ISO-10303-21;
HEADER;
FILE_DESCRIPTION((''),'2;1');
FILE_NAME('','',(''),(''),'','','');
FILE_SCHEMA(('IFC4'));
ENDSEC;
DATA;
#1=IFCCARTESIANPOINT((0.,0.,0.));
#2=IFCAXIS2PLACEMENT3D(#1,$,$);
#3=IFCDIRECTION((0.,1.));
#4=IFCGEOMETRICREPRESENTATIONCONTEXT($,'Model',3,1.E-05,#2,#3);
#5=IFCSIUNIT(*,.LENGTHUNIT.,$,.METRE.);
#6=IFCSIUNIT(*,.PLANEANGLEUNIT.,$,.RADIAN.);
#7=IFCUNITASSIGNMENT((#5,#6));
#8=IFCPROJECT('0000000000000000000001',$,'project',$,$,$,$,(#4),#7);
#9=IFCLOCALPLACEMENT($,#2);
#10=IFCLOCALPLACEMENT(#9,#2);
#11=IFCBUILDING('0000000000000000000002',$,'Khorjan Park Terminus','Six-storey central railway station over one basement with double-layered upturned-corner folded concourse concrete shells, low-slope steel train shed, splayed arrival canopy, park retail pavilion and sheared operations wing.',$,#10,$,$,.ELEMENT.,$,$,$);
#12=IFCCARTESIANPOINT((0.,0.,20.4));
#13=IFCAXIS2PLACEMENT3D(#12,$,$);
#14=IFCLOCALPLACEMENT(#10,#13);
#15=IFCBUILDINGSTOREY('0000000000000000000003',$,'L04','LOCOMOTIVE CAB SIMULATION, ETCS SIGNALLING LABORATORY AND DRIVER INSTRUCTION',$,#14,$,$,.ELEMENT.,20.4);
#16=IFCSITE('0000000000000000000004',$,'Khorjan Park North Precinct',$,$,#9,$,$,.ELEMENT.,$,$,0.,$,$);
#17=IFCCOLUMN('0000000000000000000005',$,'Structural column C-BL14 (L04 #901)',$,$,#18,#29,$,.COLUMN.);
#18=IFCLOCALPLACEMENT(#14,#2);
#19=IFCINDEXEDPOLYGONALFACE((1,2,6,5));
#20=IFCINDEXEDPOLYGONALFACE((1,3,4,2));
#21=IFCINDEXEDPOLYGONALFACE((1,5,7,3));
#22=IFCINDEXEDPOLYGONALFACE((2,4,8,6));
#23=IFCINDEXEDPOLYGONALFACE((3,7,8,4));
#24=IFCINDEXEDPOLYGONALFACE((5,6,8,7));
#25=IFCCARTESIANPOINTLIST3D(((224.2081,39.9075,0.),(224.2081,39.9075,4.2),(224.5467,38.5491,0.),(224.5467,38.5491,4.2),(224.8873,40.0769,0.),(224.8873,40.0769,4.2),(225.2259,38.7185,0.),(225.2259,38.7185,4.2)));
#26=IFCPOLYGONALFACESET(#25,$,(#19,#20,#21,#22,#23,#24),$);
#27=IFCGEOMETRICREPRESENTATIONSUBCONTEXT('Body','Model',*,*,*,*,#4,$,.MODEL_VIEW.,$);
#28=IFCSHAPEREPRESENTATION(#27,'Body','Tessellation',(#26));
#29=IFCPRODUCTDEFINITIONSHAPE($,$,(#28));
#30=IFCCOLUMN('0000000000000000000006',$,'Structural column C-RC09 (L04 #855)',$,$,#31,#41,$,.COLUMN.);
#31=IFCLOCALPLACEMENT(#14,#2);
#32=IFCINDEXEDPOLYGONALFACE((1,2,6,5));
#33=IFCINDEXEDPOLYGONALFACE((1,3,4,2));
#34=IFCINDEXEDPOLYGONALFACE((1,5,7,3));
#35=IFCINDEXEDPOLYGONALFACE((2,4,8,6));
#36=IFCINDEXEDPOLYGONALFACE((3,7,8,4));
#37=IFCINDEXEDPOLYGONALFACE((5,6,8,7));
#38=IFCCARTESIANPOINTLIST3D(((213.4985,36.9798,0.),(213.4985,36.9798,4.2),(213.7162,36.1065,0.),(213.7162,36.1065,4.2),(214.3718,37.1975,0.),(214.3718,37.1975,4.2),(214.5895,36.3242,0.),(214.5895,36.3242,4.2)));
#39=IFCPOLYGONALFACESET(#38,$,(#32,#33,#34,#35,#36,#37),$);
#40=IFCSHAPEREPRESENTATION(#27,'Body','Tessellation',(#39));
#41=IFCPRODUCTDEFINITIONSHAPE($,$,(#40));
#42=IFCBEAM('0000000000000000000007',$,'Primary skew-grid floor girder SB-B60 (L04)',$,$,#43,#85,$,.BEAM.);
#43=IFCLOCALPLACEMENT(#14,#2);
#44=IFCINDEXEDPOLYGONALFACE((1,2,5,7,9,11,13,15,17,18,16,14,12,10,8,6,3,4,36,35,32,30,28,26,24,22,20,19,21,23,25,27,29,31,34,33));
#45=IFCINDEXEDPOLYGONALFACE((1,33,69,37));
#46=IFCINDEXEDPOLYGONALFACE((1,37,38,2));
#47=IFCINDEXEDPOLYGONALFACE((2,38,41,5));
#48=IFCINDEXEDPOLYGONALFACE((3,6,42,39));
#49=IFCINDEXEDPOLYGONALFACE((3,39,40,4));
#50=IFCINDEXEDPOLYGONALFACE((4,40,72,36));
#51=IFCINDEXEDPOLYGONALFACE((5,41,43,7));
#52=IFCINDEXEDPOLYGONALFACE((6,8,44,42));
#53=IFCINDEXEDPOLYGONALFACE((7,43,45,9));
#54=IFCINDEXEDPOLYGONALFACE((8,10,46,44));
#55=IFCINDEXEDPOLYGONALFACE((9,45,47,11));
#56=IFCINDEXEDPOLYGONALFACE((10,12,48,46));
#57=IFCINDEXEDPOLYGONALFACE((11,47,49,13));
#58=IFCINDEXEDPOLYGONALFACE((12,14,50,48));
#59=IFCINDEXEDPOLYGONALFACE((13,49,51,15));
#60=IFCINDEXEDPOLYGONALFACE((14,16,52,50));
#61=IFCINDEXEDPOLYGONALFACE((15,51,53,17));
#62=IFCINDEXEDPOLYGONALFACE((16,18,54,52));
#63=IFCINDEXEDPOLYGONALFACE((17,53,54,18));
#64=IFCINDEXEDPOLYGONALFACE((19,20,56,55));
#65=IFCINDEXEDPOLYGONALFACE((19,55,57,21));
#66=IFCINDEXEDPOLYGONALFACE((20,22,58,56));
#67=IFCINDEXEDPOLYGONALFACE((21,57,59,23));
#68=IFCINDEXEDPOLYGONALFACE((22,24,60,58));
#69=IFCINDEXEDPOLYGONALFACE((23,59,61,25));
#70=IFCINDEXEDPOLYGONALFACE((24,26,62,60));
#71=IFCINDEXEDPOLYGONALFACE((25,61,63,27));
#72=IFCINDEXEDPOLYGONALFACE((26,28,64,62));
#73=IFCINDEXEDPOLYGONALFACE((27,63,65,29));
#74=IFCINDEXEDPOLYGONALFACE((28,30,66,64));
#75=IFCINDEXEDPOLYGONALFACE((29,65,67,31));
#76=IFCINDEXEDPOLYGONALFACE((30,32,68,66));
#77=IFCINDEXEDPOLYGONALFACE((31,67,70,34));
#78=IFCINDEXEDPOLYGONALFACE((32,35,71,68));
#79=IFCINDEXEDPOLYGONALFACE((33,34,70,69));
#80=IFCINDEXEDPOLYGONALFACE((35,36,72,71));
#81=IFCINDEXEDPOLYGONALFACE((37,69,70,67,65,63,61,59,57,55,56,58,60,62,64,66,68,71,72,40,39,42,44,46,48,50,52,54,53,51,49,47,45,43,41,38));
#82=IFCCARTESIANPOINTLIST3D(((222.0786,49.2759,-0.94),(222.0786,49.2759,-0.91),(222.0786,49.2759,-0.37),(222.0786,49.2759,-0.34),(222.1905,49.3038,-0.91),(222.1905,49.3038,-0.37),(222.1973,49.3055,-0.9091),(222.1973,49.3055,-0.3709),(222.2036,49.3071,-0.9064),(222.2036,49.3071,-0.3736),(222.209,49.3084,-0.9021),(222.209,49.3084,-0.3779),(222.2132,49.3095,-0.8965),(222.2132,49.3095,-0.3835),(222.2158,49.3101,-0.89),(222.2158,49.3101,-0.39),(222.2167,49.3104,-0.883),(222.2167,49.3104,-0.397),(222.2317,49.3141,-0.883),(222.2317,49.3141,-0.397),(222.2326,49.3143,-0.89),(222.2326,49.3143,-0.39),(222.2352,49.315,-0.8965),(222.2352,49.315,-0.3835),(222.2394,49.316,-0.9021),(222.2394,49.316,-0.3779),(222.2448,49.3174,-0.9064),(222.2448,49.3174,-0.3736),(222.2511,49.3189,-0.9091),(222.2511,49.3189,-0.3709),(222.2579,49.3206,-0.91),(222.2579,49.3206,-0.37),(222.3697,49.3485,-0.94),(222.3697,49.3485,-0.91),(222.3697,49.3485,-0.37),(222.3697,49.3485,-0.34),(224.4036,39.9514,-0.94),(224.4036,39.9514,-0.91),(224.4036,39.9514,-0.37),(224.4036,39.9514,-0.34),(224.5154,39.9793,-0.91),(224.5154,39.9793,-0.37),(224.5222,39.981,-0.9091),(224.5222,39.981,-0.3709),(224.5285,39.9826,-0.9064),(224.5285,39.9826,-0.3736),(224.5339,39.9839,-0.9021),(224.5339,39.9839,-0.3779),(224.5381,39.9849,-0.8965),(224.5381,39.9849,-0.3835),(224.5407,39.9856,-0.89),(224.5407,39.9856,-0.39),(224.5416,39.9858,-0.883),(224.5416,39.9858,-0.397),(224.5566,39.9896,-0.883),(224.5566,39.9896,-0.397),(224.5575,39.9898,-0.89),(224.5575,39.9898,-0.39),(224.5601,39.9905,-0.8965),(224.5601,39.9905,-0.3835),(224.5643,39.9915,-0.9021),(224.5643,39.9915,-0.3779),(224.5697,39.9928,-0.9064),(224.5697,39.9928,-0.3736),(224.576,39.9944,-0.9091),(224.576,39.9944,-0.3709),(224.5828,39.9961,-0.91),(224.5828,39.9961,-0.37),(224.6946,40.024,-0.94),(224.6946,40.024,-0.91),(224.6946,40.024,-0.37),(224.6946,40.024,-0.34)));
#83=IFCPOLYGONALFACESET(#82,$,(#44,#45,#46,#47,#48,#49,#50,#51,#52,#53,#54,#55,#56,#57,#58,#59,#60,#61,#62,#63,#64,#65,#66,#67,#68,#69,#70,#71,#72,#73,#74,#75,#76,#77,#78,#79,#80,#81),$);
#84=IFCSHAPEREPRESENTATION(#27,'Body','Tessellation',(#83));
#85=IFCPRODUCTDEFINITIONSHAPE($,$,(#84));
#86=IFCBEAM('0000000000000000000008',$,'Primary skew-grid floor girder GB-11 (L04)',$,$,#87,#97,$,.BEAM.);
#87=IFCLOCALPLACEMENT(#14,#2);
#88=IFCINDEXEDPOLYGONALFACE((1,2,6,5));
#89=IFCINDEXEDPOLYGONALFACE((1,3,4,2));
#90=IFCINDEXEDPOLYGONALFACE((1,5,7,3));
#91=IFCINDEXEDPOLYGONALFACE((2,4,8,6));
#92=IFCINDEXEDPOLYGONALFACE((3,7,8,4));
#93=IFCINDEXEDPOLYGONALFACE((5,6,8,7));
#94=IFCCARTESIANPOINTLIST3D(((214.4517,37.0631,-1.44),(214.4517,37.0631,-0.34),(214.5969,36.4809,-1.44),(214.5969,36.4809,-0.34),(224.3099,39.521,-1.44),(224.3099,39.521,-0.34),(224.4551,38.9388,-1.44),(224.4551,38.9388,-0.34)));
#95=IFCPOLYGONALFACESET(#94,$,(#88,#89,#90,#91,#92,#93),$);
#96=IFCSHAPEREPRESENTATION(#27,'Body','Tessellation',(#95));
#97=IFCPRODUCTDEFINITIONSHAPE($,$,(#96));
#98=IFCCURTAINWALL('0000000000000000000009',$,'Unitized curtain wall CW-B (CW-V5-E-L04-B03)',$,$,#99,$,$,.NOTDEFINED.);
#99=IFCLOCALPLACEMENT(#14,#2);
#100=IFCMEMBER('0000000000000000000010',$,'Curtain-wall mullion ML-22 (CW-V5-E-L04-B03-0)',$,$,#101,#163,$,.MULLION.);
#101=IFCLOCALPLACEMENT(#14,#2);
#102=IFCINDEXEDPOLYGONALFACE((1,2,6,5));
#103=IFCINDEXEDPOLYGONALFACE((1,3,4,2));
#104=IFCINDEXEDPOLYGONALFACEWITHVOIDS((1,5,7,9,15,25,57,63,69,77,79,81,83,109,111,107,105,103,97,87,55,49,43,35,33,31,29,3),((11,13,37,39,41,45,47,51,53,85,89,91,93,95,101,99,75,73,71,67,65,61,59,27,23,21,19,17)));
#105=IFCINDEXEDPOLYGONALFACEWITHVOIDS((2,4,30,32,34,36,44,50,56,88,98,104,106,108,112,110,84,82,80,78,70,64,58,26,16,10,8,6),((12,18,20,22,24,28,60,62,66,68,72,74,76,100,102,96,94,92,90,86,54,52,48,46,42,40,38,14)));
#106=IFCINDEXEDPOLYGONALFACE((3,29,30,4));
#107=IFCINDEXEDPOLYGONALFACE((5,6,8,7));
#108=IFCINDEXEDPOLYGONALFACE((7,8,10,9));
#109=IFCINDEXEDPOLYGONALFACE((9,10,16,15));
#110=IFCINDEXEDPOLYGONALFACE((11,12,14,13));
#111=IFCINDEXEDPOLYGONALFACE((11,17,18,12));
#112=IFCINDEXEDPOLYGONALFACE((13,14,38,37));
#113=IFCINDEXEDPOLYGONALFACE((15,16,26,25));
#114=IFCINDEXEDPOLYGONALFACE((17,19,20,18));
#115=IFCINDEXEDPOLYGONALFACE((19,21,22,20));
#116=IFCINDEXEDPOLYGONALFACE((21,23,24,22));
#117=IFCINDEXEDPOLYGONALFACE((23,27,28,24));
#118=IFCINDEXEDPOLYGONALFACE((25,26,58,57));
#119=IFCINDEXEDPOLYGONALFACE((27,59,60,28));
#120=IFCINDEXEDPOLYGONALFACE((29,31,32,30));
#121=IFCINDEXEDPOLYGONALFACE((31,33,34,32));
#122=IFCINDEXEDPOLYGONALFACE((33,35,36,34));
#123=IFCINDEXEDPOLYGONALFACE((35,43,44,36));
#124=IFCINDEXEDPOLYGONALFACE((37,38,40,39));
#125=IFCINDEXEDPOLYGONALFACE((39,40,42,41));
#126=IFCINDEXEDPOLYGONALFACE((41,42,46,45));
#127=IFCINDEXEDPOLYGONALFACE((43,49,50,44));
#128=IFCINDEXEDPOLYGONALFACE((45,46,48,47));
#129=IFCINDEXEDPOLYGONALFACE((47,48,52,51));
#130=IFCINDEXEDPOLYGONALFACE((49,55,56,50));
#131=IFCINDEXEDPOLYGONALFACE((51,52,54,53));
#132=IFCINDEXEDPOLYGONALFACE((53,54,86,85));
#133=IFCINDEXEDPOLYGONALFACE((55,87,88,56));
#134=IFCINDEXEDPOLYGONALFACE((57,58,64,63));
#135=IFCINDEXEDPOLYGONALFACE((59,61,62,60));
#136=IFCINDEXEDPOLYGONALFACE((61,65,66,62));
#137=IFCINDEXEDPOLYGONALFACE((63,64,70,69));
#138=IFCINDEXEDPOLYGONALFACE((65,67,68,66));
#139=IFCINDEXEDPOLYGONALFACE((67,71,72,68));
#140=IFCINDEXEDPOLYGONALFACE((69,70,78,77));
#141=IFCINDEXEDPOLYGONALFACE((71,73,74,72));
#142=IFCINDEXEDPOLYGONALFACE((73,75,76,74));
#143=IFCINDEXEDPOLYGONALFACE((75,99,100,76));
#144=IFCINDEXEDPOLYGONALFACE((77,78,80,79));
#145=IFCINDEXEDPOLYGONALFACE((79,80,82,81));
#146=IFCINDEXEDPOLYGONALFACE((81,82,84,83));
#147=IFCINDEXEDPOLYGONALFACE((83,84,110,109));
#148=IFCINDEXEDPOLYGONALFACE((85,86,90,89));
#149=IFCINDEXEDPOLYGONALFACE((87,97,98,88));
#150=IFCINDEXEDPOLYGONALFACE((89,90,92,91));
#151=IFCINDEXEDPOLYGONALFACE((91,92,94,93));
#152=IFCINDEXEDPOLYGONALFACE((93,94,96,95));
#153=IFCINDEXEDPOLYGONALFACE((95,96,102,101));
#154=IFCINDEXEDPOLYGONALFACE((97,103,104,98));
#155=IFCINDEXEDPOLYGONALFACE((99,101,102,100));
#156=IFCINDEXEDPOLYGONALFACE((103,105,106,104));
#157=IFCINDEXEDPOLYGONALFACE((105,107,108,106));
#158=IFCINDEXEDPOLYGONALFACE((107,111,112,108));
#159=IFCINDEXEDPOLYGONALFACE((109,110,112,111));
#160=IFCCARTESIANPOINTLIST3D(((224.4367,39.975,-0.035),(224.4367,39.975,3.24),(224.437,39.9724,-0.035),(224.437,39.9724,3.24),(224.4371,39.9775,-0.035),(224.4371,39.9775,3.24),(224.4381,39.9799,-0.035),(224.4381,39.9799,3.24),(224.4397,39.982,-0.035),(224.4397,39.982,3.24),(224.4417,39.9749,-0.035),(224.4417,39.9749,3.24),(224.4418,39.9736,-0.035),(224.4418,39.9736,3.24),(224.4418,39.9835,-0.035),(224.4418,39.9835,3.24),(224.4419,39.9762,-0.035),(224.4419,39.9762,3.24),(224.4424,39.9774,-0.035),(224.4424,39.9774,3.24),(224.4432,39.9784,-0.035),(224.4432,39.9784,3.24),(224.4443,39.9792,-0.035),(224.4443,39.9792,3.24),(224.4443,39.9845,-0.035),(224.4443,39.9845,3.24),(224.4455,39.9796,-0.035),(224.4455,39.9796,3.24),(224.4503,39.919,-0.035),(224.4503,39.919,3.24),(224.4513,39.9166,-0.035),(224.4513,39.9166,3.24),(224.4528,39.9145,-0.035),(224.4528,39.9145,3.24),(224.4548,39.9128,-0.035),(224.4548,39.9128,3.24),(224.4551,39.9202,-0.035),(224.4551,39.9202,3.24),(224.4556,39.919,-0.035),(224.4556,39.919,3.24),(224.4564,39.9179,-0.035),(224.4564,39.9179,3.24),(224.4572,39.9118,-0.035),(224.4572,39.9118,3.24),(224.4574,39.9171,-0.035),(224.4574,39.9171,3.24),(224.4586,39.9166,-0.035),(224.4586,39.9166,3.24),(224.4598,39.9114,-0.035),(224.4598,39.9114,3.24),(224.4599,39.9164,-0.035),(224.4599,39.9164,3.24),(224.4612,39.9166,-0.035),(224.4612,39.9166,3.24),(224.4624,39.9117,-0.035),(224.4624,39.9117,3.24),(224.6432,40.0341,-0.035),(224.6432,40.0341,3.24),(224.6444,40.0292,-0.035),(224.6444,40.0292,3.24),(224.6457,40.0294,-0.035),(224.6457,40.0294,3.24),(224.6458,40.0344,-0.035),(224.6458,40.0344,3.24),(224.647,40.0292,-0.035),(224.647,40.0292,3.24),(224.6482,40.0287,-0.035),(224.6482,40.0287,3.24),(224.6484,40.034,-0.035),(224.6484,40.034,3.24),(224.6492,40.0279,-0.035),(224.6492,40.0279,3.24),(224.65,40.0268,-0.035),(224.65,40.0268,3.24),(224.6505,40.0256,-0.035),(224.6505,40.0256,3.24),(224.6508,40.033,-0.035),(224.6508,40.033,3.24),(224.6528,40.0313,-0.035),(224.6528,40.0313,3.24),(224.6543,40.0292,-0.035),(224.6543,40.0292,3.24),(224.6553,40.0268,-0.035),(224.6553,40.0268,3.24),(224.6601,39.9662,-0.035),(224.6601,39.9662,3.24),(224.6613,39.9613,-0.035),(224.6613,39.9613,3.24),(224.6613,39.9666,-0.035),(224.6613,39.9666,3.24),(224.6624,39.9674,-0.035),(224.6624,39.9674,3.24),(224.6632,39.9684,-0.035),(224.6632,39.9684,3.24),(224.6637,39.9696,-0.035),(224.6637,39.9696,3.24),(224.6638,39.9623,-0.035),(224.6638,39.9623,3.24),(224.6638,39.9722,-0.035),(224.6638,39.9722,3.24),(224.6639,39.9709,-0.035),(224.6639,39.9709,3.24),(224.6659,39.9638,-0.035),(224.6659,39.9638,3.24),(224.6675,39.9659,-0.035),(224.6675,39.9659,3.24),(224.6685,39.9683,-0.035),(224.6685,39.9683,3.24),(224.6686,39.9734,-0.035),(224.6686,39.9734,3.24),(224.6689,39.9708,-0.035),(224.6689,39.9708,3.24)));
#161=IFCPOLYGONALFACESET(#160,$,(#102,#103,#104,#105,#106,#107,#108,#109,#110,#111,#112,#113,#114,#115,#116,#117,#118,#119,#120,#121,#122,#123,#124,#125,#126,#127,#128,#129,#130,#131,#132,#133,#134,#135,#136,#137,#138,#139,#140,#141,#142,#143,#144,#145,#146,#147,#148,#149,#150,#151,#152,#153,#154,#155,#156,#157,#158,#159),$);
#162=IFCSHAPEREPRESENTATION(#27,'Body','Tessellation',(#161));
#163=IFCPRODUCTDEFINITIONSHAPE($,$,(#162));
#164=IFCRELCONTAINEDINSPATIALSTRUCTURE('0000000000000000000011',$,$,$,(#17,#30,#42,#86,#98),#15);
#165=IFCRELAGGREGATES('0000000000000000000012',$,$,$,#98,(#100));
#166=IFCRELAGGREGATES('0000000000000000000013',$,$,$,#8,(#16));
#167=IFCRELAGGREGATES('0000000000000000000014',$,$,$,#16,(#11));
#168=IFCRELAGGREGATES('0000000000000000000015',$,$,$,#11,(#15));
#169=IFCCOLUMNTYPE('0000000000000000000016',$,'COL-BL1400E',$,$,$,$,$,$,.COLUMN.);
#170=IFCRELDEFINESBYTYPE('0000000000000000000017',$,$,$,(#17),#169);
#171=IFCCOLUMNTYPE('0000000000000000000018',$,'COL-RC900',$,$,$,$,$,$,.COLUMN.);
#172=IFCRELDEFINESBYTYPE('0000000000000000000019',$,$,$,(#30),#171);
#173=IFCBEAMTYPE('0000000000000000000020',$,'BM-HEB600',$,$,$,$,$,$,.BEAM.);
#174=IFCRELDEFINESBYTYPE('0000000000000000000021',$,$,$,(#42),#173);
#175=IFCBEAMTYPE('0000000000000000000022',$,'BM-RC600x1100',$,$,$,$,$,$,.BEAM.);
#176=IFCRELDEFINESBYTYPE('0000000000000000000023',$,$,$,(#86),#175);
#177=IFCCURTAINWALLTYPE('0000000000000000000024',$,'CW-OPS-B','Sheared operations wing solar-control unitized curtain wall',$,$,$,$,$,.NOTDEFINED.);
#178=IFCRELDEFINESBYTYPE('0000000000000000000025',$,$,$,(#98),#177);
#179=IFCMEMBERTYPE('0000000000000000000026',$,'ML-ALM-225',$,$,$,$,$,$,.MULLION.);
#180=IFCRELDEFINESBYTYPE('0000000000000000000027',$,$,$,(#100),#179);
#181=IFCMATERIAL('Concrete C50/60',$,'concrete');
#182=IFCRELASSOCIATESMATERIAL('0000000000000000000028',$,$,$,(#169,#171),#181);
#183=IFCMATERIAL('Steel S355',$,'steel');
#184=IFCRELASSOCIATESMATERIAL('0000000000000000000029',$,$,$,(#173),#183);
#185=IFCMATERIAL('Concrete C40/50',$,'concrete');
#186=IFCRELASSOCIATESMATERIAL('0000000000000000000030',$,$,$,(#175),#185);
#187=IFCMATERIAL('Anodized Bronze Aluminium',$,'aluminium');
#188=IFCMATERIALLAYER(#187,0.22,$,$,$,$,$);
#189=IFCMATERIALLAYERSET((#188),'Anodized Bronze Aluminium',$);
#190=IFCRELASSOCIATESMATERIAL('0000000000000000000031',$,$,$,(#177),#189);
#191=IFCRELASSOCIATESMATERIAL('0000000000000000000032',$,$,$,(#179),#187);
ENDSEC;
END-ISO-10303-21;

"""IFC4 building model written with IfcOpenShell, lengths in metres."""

from ifc_helpers import new_model, si_unit, direction, frame, origin, origin_2d, place, context, subcontext, project, spatial, rectangle, hollow_rectangle, i_section, extrude, material, layer, layer_set, material_profile, profile_set, type_object, element, aggregate, save


model = new_model("IFC4")

# Units and contexts
model_context = context("Model", 3, precision=1e-05, world=origin(), true_north=direction((0.0, 1.0)))
body_context = subcontext(model_context, "Body", "Model", "MODEL_VIEW")
ifc_project = project(units=[si_unit("LENGTHUNIT", "METRE"), si_unit("PLANEANGLEUNIT", "RADIAN")], contexts=[model_context])

# Site, building, storey
site_placement = place(None, origin())
site = spatial("IfcSite", under=ifc_project, at=site_placement, Name="Khorjan Park North Precinct", CompositionType="ELEMENT", RefElevation=0.0)
building_placement = place(site_placement, origin())
building = spatial("IfcBuilding", under=site, at=building_placement, Name="Khorjan Park Terminus", Description="Six-storey central railway station over one basement with double-layered upturned-corner folded concourse concrete shells, low-slope steel train shed, splayed arrival canopy, park retail pavilion and sheared operations wing.", CompositionType="ELEMENT")
storey_placement = place(building_placement, frame((0.0, 0.0, 20.4)))
storey = spatial("IfcBuildingStorey", under=building, at=storey_placement, Name="L04", Description="LOCOMOTIVE CAB SIMULATION, ETCS SIGNALLING LABORATORY AND DRIVER INSTRUCTION", CompositionType="ELEMENT", Elevation=20.4)

# Columns
ifc_material_1 = material(Name="Concrete C50/60", Category="concrete")
ifc_material_profile_1 = material_profile(ifc_material_1, rectangle(XDim=0.7, YDim=1.4, at=origin_2d()), Name="RC 700x1400")
ifc_profile_set_1 = profile_set([ifc_material_profile_1], Name="Concrete C50/60")
column_type_1 = type_object("IfcColumnType", Name="COL-BL1400E", PredefinedType="COLUMN", material=ifc_profile_set_1)
column_1_placement = place(storey_placement, frame((224.717, 39.313, 0.0), z_axis=(0.0, 0.0, 1.0), x_axis=(0.970296, 0.241922, 0.0)))
element("IfcColumn", 1, at=column_1_placement, inside=storey, type_object=column_type_1, Name="Structural column C-BL14 (L04 #901)", PredefinedType="COLUMN", context=body_context, shape_type="SweptSolid", body=[
    extrude(rectangle(XDim=0.7, YDim=1.4, at=origin_2d()), origin(), (0.0, 0.0, 1.0), 4.2),
])
ifc_material_profile_2 = material_profile(ifc_material_1, rectangle(XDim=0.9, YDim=0.9, at=origin_2d()), Name="RC 900x900")
ifc_profile_set_2 = profile_set([ifc_material_profile_2], Name="Concrete C50/60")
column_type_2 = type_object("IfcColumnType", Name="COL-RC900", PredefinedType="COLUMN", material=ifc_profile_set_2)
column_2_placement = place(storey_placement, frame((214.044, 36.652, 0.0), z_axis=(0.0, 0.0, 1.0), x_axis=(0.970296, 0.241922, 0.0)))
element("IfcColumn", 2, at=column_2_placement, inside=storey, type_object=column_type_2, Name="Structural column C-RC09 (L04 #855)", PredefinedType="COLUMN", context=body_context, shape_type="SweptSolid", body=[
    extrude(rectangle(XDim=0.9, YDim=0.9, at=origin_2d()), origin(), (0.0, 0.0, 1.0), 4.2),
])

# Beams
ifc_material_2 = material(Name="Steel S355", Category="steel")
ifc_material_profile_3 = material_profile(ifc_material_2, i_section(OverallWidth=0.3, OverallDepth=0.6, WebThickness=0.0155, FlangeThickness=0.03, FilletRadius=0.027, at=origin_2d()), Name="HEB 600")
ifc_profile_set_3 = profile_set([ifc_material_profile_3], Name="Steel S355")
beam_type_1 = type_object("IfcBeamType", Name="BM-HEB600", PredefinedType="BEAM", material=ifc_profile_set_3)
beam_1_placement = place(storey_placement, frame((224.5491, 39.9877, -0.64), z_axis=(-0.241926, 0.970295, 0.0), x_axis=(-0.970295, -0.241926, 0.0)))
element("IfcBeam", 3, at=beam_1_placement, inside=storey, type_object=beam_type_1, Name="Primary skew-grid floor girder SB-B60 (L04)", PredefinedType="BEAM", context=body_context, shape_type="SweptSolid", body=[
    extrude(i_section(OverallWidth=0.3, OverallDepth=0.6, WebThickness=0.0155, FlangeThickness=0.03, FilletRadius=0.027, at=origin_2d()), origin(), (0.0, 0.0, 1.0), 9.61),
])
ifc_material_3 = material(Name="Concrete C40/50", Category="concrete")
ifc_material_profile_4 = material_profile(ifc_material_3, rectangle(XDim=0.6, YDim=1.1, at=origin_2d()), Name="RC 600x1100")
ifc_profile_set_4 = profile_set([ifc_material_profile_4], Name="Concrete C40/50")
beam_type_2 = type_object("IfcBeamType", Name="BM-RC600x1100", PredefinedType="BEAM", material=ifc_profile_set_4)
beam_2_placement = place(storey_placement, frame((214.5243, 36.772, -0.89), z_axis=(0.970296, 0.24192, 0.0), x_axis=(-0.24192, 0.970296, 0.0)))
element("IfcBeam", 4, at=beam_2_placement, inside=storey, type_object=beam_type_2, Name="Primary skew-grid floor girder GB-11 (L04)", PredefinedType="BEAM", context=body_context, shape_type="SweptSolid", body=[
    extrude(rectangle(XDim=0.6, YDim=1.1, at=origin_2d()), origin(), (0.0, 0.0, 1.0), 10.16),
])

# Curtain wall, member
ifc_material_4 = material(Name="Anodized Bronze Aluminium", Category="aluminium")
ifc_layer_1 = layer(ifc_material_4, 0.22)
ifc_layer_set_1 = layer_set([ifc_layer_1], Name="Anodized Bronze Aluminium")
curtain_wall_type = type_object("IfcCurtainWallType", Name="CW-OPS-B", Description="Sheared operations wing solar-control unitized curtain wall", PredefinedType="NOTDEFINED", material=ifc_layer_set_1)
curtain_wall_placement = place(storey_placement, origin())
curtain_wall = element("IfcCurtainWall", 5, at=curtain_wall_placement, inside=storey, type_object=curtain_wall_type, Name="Unitized curtain wall CW-B (CW-V5-E-L04-B03)", PredefinedType="NOTDEFINED")
ifc_material_profile_5 = material_profile(ifc_material_4, hollow_rectangle(XDim=0.075, YDim=0.225, WallThickness=0.005, InnerFilletRadius=0.005, OuterFilletRadius=0.01, at=origin_2d()), Name="ALM 75x225x5")
ifc_profile_set_5 = profile_set([ifc_material_profile_5], Name="Anodized Bronze Aluminium")
member_type_1 = type_object("IfcMemberType", Name="ML-ALM-225", PredefinedType="MULLION", material=ifc_profile_set_5)
member_1_placement = place(storey_placement, frame((224.5528, 39.9729, -0.035), z_axis=(0.0, 0.0, 1.0), x_axis=(-0.241923, 0.970295, 0.0)))
member_1 = element("IfcMember", 6, at=member_1_placement, type_object=member_type_1, Name="Curtain-wall mullion ML-22 (CW-V5-E-L04-B03-0)", PredefinedType="MULLION", context=body_context, shape_type="SweptSolid", body=[
    extrude(hollow_rectangle(XDim=0.075, YDim=0.225, WallThickness=0.005, InnerFilletRadius=0.005, OuterFilletRadius=0.01, at=origin_2d()), origin(), (0.0, 0.0, 1.0), 3.275),
])
aggregate(curtain_wall, [member_1])

save(model, "model.ifc")
